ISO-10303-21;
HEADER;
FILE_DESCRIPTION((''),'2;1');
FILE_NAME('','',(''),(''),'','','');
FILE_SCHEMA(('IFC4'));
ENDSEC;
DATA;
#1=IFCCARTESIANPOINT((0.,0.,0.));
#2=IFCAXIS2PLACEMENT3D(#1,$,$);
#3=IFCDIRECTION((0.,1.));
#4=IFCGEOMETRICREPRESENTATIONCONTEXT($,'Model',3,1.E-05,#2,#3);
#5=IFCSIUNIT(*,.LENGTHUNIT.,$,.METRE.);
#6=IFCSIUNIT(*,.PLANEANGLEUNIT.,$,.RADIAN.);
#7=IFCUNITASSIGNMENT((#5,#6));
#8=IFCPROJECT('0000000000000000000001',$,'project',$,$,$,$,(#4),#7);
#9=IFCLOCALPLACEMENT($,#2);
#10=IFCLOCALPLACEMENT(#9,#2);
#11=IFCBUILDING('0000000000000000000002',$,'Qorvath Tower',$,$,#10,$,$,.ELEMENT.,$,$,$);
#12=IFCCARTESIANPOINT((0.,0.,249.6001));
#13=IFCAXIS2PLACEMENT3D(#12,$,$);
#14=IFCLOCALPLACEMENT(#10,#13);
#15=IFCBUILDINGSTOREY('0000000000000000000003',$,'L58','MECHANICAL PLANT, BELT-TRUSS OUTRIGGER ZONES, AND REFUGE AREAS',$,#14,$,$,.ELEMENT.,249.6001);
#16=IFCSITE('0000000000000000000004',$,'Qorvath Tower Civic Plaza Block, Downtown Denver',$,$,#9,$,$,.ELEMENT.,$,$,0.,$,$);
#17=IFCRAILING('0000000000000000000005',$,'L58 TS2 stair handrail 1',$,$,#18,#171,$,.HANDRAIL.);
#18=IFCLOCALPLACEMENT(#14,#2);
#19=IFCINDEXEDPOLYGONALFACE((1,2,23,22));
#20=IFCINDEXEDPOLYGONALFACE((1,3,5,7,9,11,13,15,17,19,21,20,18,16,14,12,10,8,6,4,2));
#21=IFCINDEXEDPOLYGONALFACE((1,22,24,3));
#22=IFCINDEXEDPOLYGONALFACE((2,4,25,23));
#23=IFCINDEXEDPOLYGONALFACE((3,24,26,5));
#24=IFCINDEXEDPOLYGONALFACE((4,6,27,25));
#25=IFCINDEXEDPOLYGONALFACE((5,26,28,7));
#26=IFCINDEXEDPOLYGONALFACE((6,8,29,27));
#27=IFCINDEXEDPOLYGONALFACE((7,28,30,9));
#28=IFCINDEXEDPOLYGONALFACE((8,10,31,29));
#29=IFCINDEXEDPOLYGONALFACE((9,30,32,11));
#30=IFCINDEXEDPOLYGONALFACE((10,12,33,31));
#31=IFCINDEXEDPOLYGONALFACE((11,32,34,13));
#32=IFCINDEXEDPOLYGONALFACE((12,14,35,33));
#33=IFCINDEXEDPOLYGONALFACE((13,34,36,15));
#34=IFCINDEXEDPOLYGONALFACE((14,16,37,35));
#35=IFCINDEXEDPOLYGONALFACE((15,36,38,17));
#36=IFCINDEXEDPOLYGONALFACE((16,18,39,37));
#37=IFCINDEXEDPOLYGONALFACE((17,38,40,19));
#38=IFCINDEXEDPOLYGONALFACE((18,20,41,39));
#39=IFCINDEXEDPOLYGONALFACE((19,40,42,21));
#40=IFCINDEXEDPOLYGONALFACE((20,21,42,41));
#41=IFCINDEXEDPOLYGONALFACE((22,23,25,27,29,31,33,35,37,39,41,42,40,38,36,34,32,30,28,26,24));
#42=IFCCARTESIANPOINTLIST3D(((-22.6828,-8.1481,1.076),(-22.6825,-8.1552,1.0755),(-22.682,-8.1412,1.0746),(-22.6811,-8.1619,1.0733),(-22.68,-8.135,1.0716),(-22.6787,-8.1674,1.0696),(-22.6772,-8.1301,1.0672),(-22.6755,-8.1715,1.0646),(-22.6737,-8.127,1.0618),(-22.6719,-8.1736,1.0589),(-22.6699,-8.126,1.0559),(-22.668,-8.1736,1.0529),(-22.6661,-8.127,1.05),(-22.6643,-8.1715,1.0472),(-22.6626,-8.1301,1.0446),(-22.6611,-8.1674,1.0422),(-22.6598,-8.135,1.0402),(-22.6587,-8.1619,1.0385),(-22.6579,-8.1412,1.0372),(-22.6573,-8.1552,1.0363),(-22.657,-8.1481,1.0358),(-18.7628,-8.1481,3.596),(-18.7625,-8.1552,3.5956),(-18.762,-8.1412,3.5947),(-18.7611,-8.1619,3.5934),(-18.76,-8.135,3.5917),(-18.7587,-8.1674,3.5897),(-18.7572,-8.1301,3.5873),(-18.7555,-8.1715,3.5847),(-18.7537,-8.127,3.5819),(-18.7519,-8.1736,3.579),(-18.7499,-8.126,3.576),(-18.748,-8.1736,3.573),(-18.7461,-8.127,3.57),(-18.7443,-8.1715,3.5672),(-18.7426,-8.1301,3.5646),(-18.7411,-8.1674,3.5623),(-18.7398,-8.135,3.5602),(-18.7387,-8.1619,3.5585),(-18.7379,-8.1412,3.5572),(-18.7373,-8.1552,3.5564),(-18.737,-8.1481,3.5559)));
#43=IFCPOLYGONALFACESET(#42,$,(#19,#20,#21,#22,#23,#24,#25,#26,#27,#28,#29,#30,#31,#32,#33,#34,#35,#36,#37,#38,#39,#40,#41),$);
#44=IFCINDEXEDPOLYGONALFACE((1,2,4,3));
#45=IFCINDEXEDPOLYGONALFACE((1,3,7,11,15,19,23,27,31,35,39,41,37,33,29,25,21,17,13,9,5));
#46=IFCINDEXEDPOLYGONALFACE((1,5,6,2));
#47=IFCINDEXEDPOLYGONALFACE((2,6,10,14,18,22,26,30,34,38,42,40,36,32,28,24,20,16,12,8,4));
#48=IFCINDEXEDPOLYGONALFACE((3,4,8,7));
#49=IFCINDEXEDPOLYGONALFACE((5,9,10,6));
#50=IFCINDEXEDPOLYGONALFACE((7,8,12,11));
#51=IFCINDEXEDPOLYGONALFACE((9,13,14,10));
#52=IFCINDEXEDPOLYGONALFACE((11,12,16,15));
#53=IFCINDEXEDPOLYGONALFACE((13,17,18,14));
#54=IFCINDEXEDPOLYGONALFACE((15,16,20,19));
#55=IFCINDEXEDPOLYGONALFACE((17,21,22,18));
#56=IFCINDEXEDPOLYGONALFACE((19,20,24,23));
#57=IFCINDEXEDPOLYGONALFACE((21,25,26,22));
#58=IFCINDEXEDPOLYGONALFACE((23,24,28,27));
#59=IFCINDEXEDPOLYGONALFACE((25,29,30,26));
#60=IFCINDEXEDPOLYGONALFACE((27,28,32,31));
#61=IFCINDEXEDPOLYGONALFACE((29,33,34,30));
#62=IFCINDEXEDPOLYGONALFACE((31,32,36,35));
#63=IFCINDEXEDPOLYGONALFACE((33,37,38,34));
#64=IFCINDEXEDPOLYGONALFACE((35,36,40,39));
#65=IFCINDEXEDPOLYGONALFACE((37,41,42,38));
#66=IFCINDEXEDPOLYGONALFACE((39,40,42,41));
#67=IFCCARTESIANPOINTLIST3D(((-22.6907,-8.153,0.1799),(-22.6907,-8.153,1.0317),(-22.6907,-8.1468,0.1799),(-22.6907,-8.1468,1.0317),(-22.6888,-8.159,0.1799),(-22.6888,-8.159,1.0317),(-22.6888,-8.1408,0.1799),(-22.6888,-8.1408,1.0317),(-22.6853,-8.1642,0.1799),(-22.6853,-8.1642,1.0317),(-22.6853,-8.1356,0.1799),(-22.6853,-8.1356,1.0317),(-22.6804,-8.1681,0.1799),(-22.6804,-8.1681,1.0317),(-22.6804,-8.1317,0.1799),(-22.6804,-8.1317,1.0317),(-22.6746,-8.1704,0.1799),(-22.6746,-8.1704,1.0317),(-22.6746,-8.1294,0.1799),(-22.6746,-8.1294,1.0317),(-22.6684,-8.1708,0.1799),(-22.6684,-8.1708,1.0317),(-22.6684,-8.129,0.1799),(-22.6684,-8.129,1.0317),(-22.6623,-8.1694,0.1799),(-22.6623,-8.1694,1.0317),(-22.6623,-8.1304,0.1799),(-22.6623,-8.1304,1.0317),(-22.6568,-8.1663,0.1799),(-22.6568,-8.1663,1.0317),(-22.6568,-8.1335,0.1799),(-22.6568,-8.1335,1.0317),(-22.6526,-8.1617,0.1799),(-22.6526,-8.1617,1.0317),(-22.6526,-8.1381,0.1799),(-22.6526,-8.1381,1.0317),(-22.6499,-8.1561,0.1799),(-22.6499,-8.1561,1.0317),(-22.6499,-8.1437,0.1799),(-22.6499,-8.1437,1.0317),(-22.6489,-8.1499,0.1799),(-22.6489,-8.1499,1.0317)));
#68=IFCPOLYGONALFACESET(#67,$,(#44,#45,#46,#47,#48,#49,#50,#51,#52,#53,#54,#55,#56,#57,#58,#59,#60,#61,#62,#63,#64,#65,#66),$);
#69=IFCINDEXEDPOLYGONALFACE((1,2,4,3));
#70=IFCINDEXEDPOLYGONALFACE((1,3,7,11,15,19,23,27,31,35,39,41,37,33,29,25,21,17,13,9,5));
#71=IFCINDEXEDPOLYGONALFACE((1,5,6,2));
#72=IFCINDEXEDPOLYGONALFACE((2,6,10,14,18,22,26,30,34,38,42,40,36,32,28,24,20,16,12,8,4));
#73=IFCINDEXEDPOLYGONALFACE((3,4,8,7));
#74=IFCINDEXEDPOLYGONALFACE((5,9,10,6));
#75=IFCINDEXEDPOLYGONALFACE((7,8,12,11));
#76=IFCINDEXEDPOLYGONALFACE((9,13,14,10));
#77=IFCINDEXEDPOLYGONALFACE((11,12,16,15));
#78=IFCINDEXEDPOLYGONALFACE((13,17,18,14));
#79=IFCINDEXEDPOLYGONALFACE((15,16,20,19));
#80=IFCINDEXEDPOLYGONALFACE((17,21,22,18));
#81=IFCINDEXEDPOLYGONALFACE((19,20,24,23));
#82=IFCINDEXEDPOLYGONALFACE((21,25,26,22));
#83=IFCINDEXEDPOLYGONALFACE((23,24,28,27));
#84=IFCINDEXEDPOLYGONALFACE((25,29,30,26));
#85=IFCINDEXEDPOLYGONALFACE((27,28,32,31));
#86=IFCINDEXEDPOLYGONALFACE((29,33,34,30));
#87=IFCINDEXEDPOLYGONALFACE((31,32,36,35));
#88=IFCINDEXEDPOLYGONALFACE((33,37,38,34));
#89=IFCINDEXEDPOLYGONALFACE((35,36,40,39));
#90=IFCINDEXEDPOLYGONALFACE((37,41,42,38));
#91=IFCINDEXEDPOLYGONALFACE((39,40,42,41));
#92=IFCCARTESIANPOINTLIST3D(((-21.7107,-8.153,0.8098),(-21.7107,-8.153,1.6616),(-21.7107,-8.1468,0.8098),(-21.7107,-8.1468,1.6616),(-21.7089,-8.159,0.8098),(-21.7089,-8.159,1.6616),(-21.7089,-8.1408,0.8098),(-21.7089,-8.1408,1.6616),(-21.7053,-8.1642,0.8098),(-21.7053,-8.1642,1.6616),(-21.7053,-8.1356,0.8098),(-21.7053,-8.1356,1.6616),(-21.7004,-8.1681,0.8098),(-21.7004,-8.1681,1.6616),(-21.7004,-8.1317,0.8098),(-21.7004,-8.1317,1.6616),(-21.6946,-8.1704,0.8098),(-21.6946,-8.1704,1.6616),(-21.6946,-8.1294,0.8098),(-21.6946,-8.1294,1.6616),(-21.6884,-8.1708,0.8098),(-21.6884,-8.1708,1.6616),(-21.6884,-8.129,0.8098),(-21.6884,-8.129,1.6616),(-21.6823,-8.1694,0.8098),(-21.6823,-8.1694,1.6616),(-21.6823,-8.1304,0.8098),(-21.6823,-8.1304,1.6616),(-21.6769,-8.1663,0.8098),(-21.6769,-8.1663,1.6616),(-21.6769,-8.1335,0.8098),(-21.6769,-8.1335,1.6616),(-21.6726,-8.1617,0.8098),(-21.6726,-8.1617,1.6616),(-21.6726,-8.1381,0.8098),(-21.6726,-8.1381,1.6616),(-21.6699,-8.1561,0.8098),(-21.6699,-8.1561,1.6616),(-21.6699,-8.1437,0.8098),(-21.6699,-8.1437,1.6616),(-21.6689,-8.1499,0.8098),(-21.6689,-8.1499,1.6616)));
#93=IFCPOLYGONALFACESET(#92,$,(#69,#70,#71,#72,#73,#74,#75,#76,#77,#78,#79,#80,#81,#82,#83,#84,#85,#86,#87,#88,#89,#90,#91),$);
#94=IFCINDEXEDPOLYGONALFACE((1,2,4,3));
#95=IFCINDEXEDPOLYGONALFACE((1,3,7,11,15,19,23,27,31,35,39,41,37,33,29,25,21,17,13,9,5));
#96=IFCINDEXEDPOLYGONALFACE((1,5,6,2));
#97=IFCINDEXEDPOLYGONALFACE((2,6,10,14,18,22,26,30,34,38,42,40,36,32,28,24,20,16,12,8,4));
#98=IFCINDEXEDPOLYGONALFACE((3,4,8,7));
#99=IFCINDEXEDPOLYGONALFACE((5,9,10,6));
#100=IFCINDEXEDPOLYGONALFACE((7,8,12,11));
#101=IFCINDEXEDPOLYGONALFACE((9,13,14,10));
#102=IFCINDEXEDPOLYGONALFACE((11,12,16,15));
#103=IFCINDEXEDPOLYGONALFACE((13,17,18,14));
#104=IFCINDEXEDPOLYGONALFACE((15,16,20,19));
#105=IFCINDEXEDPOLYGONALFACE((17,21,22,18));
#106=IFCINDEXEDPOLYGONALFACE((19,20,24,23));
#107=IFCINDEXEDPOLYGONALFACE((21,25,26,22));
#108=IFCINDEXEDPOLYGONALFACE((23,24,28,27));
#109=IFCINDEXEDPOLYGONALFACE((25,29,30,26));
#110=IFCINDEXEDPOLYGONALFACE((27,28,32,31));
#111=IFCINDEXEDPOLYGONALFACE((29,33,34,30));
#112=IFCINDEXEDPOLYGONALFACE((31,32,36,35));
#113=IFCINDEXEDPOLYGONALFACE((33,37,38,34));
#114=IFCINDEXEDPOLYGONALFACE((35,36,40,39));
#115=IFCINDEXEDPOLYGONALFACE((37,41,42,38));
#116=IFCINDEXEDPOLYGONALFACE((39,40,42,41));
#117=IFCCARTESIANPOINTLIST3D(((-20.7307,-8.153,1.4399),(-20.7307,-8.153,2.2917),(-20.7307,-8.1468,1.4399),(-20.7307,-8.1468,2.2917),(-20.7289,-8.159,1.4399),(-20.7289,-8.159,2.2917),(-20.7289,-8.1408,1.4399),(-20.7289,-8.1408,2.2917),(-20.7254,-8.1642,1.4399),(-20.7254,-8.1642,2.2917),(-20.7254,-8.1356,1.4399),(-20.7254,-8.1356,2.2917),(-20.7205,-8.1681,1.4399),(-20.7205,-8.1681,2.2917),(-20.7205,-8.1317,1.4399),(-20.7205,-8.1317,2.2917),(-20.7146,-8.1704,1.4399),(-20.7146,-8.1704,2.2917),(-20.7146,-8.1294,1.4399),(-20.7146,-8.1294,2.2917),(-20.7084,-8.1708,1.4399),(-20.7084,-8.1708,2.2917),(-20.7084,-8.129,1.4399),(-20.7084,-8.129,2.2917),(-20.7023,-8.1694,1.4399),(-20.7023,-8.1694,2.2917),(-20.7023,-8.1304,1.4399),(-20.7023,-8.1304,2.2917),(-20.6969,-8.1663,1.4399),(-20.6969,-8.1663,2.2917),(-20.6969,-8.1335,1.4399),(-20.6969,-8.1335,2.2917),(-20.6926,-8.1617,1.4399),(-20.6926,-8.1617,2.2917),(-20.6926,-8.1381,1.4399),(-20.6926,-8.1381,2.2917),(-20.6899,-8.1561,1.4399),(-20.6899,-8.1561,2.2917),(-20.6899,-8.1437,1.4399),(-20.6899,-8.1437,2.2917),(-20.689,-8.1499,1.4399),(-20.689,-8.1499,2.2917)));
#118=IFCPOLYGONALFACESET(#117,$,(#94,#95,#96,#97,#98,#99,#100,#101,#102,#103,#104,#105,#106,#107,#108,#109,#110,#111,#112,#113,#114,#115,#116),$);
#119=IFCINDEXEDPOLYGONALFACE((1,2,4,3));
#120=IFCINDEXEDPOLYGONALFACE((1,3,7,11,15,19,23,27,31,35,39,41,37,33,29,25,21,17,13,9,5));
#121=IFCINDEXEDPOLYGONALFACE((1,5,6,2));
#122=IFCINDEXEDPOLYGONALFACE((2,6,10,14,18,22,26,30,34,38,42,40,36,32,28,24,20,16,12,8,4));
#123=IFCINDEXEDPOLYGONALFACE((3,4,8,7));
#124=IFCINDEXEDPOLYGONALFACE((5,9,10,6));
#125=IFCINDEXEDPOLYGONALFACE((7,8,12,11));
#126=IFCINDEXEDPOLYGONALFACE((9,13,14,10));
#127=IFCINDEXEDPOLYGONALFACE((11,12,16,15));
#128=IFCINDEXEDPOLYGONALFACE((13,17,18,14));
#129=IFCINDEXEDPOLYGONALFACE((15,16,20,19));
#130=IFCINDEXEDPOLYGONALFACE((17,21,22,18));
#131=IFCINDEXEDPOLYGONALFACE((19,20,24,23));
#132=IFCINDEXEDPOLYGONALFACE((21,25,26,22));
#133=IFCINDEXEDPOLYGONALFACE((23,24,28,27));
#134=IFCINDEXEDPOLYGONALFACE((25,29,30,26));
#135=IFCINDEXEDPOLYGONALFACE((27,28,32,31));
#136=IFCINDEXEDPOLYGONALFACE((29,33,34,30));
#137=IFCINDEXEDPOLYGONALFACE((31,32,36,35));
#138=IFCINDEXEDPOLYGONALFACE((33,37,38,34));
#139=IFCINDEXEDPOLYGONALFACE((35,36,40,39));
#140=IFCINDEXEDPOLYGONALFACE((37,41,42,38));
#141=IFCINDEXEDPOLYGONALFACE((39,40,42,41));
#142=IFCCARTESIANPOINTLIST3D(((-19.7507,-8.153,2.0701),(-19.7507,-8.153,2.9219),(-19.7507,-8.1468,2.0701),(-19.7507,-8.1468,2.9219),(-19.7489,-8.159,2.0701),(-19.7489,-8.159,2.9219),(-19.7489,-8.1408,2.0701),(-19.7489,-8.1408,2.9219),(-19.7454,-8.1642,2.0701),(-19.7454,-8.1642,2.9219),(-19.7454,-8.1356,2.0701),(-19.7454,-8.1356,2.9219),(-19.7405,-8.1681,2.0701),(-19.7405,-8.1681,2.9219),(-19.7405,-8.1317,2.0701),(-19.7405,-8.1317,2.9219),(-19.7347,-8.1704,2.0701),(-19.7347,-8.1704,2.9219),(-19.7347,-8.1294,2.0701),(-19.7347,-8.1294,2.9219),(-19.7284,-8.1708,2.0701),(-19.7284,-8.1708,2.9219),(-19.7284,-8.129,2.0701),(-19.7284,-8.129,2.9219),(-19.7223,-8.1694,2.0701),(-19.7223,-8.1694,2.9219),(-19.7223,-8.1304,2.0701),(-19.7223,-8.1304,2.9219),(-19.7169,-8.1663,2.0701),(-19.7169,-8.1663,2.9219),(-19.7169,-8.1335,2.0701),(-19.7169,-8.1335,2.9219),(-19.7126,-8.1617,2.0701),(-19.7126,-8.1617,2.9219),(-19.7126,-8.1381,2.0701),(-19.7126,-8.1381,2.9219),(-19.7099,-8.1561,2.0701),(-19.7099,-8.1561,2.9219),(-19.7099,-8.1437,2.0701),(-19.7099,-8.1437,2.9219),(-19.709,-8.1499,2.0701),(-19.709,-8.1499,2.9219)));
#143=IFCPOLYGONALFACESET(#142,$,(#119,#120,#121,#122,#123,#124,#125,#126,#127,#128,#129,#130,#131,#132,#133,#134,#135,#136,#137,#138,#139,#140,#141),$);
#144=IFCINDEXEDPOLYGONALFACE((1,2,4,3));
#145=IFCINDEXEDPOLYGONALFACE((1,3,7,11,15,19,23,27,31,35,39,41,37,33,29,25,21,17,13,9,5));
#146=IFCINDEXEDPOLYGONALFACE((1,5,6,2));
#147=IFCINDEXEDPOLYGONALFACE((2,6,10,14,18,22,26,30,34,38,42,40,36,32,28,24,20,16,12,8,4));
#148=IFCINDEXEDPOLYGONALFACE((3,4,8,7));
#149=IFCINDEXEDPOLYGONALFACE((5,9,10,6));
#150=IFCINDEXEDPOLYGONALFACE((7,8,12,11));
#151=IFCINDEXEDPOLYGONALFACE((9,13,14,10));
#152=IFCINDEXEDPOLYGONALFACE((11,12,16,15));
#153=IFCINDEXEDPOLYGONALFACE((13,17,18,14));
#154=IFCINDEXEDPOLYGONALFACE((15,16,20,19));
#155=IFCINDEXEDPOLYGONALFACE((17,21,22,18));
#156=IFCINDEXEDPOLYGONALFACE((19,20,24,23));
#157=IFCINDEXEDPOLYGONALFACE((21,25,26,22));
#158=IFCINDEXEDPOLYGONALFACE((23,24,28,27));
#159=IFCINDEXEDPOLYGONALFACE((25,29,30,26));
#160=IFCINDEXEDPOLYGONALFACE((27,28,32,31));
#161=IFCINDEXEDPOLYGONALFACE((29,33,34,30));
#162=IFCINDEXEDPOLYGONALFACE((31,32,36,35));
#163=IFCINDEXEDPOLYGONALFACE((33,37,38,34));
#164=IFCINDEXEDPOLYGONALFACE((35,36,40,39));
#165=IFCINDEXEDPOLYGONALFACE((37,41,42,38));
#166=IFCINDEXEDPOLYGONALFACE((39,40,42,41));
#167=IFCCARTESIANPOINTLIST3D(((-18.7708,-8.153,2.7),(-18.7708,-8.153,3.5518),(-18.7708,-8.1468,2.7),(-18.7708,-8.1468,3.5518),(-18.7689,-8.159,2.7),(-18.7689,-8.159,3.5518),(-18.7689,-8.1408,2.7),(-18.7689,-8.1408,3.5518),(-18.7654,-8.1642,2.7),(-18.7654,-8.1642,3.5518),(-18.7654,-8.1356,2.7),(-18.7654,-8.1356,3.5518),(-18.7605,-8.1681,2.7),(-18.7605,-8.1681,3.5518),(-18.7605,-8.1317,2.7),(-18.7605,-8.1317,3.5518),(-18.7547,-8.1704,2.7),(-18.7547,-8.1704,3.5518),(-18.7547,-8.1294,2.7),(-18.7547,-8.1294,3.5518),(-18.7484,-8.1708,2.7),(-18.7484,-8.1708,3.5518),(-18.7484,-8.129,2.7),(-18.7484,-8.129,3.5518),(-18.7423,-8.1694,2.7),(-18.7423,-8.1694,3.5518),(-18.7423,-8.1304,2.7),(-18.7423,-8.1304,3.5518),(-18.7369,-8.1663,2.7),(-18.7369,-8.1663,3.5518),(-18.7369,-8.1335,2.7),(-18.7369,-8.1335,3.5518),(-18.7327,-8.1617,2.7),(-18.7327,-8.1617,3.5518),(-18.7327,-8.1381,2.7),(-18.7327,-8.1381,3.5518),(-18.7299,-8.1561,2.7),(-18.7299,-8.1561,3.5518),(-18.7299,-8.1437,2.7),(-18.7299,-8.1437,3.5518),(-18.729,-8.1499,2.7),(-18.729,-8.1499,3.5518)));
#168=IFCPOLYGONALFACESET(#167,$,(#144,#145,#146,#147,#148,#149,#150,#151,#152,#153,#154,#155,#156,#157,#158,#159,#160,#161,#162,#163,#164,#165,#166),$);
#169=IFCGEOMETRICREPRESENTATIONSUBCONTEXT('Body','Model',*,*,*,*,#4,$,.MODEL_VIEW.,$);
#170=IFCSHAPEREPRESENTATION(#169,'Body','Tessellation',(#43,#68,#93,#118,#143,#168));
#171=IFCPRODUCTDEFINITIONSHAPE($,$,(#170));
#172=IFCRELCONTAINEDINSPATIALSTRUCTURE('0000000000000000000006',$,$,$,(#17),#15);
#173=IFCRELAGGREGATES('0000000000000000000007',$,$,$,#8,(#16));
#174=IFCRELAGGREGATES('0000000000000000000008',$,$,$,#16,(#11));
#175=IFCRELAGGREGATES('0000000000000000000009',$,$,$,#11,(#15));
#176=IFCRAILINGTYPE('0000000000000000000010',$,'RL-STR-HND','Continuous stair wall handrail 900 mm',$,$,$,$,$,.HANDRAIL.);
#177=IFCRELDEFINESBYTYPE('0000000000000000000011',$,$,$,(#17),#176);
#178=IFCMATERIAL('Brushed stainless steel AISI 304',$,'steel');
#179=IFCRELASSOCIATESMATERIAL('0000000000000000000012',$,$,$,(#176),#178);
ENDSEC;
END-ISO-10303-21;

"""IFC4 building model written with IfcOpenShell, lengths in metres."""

from ifc_helpers import new_model, si_unit, direction, frame, origin, origin_2d, place, context, subcontext, project, spatial, circle, extrude, material, type_object, element, save


model = new_model("IFC4")

# Units and contexts
model_context = context("Model", 3, precision=1e-05, world=origin(), true_north=direction((0.0, 1.0)))
body_context = subcontext(model_context, "Body", "Model", "MODEL_VIEW")
ifc_project = project(units=[si_unit("LENGTHUNIT", "METRE"), si_unit("PLANEANGLEUNIT", "RADIAN")], contexts=[model_context])

# Site, building, storey
site_placement = place(None, origin())
site = spatial("IfcSite", under=ifc_project, at=site_placement, Name="Qorvath Tower Civic Plaza Block, Downtown Denver", CompositionType="ELEMENT", RefElevation=0.0)
building_placement = place(site_placement, origin())
building = spatial("IfcBuilding", under=site, at=building_placement, Name="Qorvath Tower", CompositionType="ELEMENT")
storey_placement = place(building_placement, frame((0.0, 0.0, 249.6001)))
storey = spatial("IfcBuildingStorey", under=building, at=storey_placement, Name="L58", Description="MECHANICAL PLANT, BELT-TRUSS OUTRIGGER ZONES, AND REFUGE AREAS", CompositionType="ELEMENT", Elevation=249.6001)

# Railing
ifc_material_1 = material(Name="Brushed stainless steel AISI 304", Category="steel")
railing_type_1 = type_object("IfcRailingType", Name="RL-STR-HND", Description="Continuous stair wall handrail 900 mm", PredefinedType="HANDRAIL", material=ifc_material_1)
railing_1_placement = place(storey_placement, frame((-22.6699, -8.1499, 0.1799)))
element("IfcRailing", 1, at=railing_1_placement, inside=storey, type_object=railing_type_1, Name="L58 TS2 stair handrail 1", PredefinedType="HANDRAIL", context=body_context, shape_type="SweptSolid", body=[
    extrude(circle(Radius=0.0239, at=origin_2d()), frame((0.0, 0.0, 0.876), z_axis=(0.841172, 0.0, 0.540768), x_axis=(0.0, 1.0, 0.0)), (0.0, 0.0, 1.0), 4.6602),
    extrude(circle(Radius=0.021, at=origin_2d()), origin(), (0.0, 0.0, 1.0), 0.8518),
    extrude(circle(Radius=0.021, at=origin_2d()), frame((0.98, 0.0, 0.6299)), (0.0, 0.0, 1.0), 0.8518),
    extrude(circle(Radius=0.021, at=origin_2d()), frame((1.96, 0.0, 1.26)), (0.0, 0.0, 1.0), 0.8518),
    extrude(circle(Radius=0.021, at=origin_2d()), frame((2.9399, 0.0, 1.8901)), (0.0, 0.0, 1.0), 0.8518),
    extrude(circle(Radius=0.021, at=origin_2d()), frame((3.9199, 0.0, 2.52)), (0.0, 0.0, 1.0), 0.8518),
])

save(model, "model.ifc")
